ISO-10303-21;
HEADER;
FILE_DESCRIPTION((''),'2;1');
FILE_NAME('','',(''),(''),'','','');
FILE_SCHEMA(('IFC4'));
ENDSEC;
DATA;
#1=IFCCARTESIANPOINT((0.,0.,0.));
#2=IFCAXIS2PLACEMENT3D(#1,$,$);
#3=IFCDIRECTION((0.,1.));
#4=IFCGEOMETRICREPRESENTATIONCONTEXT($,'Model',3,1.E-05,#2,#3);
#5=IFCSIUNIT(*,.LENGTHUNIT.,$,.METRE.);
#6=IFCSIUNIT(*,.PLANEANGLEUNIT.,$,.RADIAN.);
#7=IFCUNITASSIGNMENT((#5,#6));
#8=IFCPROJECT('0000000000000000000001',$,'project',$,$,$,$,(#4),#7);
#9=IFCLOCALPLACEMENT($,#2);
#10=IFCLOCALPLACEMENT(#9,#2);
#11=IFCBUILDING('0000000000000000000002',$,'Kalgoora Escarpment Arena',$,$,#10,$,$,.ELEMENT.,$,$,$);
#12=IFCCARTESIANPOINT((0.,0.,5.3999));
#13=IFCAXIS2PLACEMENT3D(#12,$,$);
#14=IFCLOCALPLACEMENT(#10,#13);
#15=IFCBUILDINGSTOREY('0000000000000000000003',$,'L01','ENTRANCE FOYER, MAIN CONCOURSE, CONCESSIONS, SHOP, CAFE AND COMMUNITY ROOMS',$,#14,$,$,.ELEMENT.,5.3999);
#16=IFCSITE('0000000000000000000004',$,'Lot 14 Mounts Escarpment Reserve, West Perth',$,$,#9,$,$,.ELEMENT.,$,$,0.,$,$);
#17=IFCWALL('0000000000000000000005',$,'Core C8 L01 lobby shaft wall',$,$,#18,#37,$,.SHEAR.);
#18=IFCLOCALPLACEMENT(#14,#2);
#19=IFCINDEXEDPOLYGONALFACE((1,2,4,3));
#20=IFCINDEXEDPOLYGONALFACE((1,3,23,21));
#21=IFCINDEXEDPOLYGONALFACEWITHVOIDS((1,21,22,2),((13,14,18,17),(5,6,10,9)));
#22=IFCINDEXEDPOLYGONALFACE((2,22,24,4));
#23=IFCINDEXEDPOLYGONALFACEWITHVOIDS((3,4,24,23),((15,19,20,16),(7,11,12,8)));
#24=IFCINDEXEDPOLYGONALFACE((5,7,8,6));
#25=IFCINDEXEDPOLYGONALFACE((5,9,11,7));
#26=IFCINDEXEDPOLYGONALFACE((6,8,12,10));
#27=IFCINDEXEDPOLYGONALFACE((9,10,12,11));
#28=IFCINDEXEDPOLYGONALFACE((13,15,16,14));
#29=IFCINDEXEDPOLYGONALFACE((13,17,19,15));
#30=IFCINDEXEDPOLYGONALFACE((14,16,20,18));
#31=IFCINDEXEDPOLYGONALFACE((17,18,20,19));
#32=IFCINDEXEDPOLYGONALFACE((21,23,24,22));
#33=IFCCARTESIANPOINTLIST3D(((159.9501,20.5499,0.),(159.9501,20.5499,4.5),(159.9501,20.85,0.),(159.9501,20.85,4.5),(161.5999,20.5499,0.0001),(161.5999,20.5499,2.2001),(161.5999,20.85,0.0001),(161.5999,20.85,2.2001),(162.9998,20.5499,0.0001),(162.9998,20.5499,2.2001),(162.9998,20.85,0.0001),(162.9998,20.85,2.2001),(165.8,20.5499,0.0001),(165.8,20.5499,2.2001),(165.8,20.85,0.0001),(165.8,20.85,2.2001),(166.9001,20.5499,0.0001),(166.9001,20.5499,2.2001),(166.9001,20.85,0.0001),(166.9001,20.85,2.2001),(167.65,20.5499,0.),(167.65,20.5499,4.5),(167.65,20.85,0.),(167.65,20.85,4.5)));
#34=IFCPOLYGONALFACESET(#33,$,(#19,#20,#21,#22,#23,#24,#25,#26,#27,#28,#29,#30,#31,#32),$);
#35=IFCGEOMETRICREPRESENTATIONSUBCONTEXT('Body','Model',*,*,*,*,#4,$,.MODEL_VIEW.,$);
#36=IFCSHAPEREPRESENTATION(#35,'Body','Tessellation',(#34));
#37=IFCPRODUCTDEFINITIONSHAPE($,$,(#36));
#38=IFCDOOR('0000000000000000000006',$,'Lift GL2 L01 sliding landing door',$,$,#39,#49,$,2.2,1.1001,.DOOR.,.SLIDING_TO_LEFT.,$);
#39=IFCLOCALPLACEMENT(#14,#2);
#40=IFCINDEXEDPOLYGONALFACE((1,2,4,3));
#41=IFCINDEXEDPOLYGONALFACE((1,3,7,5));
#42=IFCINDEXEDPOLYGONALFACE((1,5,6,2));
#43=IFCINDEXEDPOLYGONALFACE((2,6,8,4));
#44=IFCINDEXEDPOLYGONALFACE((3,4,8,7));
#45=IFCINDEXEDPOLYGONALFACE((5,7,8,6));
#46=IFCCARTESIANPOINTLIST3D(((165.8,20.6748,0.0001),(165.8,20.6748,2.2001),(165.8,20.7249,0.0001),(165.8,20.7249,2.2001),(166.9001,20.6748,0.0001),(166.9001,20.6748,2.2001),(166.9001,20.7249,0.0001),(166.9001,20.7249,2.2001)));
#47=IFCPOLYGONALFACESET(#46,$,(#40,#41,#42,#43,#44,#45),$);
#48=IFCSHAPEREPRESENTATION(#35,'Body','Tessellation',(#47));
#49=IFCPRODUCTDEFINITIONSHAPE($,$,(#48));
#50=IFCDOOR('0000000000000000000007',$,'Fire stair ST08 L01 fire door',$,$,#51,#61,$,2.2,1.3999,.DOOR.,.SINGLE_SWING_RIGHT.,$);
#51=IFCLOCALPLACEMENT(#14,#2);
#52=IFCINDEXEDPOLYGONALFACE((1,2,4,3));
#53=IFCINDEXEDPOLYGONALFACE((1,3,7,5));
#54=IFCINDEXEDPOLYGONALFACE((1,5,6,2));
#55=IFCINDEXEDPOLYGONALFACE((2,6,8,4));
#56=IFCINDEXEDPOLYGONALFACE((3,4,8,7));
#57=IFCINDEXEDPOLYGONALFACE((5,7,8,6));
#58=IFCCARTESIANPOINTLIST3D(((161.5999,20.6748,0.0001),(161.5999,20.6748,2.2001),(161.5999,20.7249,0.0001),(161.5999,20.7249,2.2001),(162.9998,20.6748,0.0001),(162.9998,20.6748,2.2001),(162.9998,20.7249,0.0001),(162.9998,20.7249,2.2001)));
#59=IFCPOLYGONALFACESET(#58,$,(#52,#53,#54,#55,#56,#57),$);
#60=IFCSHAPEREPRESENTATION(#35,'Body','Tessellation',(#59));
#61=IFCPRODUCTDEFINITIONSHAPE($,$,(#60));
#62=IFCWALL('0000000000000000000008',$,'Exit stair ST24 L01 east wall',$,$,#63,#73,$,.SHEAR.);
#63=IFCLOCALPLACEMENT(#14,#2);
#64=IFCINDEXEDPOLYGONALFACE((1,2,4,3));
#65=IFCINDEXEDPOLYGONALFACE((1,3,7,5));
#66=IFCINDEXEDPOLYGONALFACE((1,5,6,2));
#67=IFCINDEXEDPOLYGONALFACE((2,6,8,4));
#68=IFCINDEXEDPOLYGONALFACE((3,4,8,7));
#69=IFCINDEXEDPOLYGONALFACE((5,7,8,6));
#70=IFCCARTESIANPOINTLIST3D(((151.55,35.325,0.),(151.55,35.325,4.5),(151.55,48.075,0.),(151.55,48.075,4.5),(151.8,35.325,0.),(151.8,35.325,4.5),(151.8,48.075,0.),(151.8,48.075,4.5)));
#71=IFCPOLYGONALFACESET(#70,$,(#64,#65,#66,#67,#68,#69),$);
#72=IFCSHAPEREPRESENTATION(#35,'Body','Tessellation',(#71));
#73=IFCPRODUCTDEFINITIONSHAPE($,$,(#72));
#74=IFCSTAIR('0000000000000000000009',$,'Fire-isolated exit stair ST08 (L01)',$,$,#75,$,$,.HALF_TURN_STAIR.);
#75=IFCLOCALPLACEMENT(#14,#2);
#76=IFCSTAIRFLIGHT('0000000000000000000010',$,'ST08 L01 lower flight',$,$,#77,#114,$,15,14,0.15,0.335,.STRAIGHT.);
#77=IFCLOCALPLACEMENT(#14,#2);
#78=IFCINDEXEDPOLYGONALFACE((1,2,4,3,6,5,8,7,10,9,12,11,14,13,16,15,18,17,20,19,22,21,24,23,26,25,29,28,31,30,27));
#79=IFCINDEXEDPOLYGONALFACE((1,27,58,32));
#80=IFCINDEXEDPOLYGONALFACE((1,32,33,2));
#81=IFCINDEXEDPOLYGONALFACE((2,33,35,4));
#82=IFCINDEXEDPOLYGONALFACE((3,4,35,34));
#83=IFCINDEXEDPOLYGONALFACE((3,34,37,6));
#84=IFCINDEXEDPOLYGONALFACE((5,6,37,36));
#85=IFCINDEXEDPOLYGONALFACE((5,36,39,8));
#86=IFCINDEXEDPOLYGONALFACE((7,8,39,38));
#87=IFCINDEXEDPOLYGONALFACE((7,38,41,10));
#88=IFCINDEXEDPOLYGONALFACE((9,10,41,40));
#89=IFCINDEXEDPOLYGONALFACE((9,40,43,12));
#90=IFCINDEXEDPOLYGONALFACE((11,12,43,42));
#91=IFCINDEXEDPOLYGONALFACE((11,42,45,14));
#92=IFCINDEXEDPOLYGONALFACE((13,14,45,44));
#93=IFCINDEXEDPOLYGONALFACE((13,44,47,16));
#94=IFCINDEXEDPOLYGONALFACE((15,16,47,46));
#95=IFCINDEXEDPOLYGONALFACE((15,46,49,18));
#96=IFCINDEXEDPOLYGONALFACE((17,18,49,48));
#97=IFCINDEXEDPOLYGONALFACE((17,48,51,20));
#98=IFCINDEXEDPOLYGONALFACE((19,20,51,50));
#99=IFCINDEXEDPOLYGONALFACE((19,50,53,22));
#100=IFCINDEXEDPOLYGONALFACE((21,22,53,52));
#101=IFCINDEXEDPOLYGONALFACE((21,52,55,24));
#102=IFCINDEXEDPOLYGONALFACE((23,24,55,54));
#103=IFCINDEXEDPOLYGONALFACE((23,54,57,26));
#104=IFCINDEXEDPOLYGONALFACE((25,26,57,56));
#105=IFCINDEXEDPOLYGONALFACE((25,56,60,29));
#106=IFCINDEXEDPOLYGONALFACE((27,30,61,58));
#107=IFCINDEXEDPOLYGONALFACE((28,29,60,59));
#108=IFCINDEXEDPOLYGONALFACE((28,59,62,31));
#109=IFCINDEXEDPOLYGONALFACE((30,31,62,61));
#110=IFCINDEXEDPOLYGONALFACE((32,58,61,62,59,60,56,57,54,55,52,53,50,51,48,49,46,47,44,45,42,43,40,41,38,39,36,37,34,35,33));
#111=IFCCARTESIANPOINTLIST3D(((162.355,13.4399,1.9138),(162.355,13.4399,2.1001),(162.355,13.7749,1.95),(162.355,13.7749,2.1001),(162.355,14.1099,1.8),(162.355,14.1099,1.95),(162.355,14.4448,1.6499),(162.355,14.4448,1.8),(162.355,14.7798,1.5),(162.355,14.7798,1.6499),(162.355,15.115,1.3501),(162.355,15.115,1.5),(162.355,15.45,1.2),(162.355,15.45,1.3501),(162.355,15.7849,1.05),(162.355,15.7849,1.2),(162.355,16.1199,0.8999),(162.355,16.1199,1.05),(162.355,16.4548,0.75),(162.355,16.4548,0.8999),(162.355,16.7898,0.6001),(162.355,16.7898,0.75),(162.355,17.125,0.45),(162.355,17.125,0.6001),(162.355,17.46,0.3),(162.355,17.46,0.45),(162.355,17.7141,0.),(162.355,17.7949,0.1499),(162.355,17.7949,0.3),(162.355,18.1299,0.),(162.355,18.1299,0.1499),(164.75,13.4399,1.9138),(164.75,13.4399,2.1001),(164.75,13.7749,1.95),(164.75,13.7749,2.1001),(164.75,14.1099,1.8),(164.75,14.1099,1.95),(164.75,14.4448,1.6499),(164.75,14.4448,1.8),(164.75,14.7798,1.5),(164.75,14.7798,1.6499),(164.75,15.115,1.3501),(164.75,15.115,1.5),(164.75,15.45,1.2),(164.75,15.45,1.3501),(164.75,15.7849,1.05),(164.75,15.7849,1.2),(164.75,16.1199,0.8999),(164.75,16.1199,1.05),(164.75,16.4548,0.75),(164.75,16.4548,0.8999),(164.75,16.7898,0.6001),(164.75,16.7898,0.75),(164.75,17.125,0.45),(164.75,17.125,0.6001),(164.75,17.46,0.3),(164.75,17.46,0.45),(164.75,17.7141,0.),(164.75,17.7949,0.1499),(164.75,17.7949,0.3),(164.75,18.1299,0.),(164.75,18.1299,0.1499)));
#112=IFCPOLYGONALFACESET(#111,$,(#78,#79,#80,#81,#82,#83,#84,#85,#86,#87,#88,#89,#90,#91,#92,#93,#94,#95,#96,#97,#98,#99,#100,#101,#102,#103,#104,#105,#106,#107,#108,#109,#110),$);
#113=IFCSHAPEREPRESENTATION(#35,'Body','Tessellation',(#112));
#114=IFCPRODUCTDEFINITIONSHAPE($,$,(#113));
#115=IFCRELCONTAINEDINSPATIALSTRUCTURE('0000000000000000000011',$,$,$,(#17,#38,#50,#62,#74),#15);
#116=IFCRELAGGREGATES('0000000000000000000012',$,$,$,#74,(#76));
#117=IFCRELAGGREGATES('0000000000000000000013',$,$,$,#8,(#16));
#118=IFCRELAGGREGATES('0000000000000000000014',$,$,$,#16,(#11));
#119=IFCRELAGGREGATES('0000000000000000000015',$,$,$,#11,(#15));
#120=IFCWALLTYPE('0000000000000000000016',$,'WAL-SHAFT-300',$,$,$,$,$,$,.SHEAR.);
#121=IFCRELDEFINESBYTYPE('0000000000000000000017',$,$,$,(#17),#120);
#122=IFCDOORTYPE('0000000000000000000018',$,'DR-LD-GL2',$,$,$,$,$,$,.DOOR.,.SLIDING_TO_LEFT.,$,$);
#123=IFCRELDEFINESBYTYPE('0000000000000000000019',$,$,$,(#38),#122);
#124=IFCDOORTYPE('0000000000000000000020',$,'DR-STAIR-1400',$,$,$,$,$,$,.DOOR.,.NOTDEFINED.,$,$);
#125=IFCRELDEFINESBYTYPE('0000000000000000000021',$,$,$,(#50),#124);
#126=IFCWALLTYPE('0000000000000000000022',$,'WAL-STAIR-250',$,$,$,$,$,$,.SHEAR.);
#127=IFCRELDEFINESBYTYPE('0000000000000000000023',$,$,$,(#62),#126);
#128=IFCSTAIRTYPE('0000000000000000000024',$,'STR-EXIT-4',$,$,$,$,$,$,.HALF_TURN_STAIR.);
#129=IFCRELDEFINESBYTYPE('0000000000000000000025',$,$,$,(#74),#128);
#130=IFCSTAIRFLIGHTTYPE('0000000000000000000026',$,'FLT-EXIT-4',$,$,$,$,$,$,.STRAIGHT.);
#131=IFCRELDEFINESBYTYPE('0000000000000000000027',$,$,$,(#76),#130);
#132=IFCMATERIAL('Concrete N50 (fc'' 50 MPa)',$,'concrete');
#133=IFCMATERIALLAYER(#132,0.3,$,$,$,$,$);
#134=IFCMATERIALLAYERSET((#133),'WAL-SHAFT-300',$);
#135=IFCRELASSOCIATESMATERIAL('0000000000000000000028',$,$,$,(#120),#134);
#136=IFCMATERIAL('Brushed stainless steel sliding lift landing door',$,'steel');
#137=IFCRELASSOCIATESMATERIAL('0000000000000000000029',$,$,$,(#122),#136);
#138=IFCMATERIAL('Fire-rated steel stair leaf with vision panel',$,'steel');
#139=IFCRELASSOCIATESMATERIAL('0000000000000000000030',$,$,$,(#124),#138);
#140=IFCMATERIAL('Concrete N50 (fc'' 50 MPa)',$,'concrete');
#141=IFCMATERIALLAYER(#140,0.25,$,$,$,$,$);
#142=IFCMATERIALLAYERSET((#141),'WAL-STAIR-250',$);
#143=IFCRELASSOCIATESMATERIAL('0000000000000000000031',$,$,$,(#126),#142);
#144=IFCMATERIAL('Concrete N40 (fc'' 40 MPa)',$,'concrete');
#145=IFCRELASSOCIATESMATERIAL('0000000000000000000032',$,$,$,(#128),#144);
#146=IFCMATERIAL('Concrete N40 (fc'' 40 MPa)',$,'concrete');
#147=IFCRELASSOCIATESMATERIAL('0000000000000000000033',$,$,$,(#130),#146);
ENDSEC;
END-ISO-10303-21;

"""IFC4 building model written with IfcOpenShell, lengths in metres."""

from ifc_helpers import new_model, si_unit, direction, frame, frame_2d, origin, place, context, subcontext, project, spatial, polyline, rectangle, outline, extrude, material, layer, layer_set, type_object, element, fill, aggregate, save


model = new_model("IFC4")

# Units and contexts
model_context = context("Model", 3, precision=1e-05, world=origin(), true_north=direction((0.0, 1.0)))
body_context = subcontext(model_context, "Body", "Model", "MODEL_VIEW")
ifc_project = project(units=[si_unit("LENGTHUNIT", "METRE"), si_unit("PLANEANGLEUNIT", "RADIAN")], contexts=[model_context])

# Site, building, storey
site_placement = place(None, origin())
site = spatial("IfcSite", under=ifc_project, at=site_placement, Name="Lot 14 Mounts Escarpment Reserve, West Perth", CompositionType="ELEMENT", RefElevation=0.0)
building_placement = place(site_placement, origin())
building = spatial("IfcBuilding", under=site, at=building_placement, Name="Kalgoora Escarpment Arena", CompositionType="ELEMENT")
storey_placement = place(building_placement, frame((0.0, 0.0, 5.3999)))
storey = spatial("IfcBuildingStorey", under=building, at=storey_placement, Name="L01", Description="ENTRANCE FOYER, MAIN CONCOURSE, CONCESSIONS, SHOP, CAFE AND COMMUNITY ROOMS", CompositionType="ELEMENT", Elevation=5.3999)

# Shared definitions
ifc_material_1 = material(Name="Concrete N50 (fc' 50 MPa)", Category="concrete")
ifc_layer_1 = layer(ifc_material_1, 0.3)
ifc_layer_set_1 = layer_set([ifc_layer_1], Name="WAL-SHAFT-300")
wall_type_1 = type_object("IfcWallType", Name="WAL-SHAFT-300", PredefinedType="SHEAR", material=ifc_layer_set_1)

# Wall, openings, doors
wall_1_placement = place(storey_placement, frame((159.95, 20.7, 0.0), z_axis=(0.0, 0.0, 1.0), x_axis=(1.0, 0.0, 0.0)))
wall_1 = element("IfcWall", 1, at=wall_1_placement, inside=storey, type_object=wall_type_1, Name="Core C8 L01 lobby shaft wall", PredefinedType="SHEAR", context=body_context, shape_type="SweptSolid", body=[
    extrude(rectangle(XDim=7.7, YDim=0.3, at=frame_2d((3.8501, 0.0))), origin(), (0.0, 0.0, 1.0), 4.5),
])
opening_1_placement = place(wall_1_placement, frame((1.6499, 0.0, 0.0)))
opening_1 = element("IfcOpeningElement", 2, at=opening_1_placement, cuts=wall_1, PredefinedType="OPENING", context=body_context, shape_type="SweptSolid", body=[
    extrude(rectangle(XDim=1.3999, YDim=2.2, at=frame_2d((0.7, 1.1001))), frame((0.0, 0.1599, 0.0), z_axis=(0.0, -1.0, 0.0), x_axis=(1.0, 0.0, 0.0)), (0.0, 0.0, 1.0), 0.3201),
])
opening_2_placement = place(wall_1_placement, frame((5.8501, 0.0, 0.0)))
opening_2 = element("IfcOpeningElement", 3, at=opening_2_placement, cuts=wall_1, PredefinedType="OPENING", context=body_context, shape_type="SweptSolid", body=[
    extrude(rectangle(XDim=1.1001, YDim=2.2, at=frame_2d((0.55, 1.1001))), frame((0.0, 0.1599, 0.0), z_axis=(0.0, -1.0, 0.0), x_axis=(1.0, 0.0, 0.0)), (0.0, 0.0, 1.0), 0.3201),
])
ifc_material_2 = material(Name="Brushed stainless steel sliding lift landing door", Category="steel")
door_type_1 = type_object("IfcDoorType", Name="DR-LD-GL2", OperationType="SLIDING_TO_LEFT", PredefinedType="DOOR", material=ifc_material_2)
door_1_placement = place(opening_2_placement, origin())
door_1 = element("IfcDoor", 4, at=door_1_placement, inside=storey, type_object=door_type_1, Name="Lift GL2 L01 sliding landing door", OperationType="SLIDING_TO_LEFT", OverallHeight=2.2, OverallWidth=1.1001, PredefinedType="DOOR", context=body_context, shape_type="SweptSolid", body=[
    extrude(rectangle(XDim=1.1001, YDim=2.2, at=frame_2d((0.55, 1.1001))), frame((0.0, 0.0249, 0.0), z_axis=(0.0, -1.0, 0.0), x_axis=(1.0, 0.0, 0.0)), (0.0, 0.0, 1.0), 0.05),
])
fill(opening_2, door_1)
ifc_material_3 = material(Name="Fire-rated steel stair leaf with vision panel", Category="steel")
door_type_2 = type_object("IfcDoorType", Name="DR-STAIR-1400", OperationType="NOTDEFINED", PredefinedType="DOOR", material=ifc_material_3)
door_2_placement = place(opening_1_placement, origin())
door_2 = element("IfcDoor", 5, at=door_2_placement, inside=storey, type_object=door_type_2, Name="Fire stair ST08 L01 fire door", OperationType="SINGLE_SWING_RIGHT", OverallHeight=2.2, OverallWidth=1.3999, PredefinedType="DOOR", context=body_context, shape_type="SweptSolid", body=[
    extrude(rectangle(XDim=1.3999, YDim=2.2, at=frame_2d((0.7, 1.1001))), frame((0.0, 0.0249, 0.0), z_axis=(0.0, -1.0, 0.0), x_axis=(1.0, 0.0, 0.0)), (0.0, 0.0, 1.0), 0.05),
])
fill(opening_1, door_2)

# Wall
ifc_material_4 = material(Name="Concrete N50 (fc' 50 MPa)", Category="concrete")
ifc_layer_2 = layer(ifc_material_4, 0.25)
ifc_layer_set_2 = layer_set([ifc_layer_2], Name="WAL-STAIR-250")
wall_type_2 = type_object("IfcWallType", Name="WAL-STAIR-250", PredefinedType="SHEAR", material=ifc_layer_set_2)
wall_2_placement = place(storey_placement, frame((151.675, 35.325, 0.0), z_axis=(0.0, 0.0, 1.0), x_axis=(0.0, 1.0, 0.0)))
element("IfcWall", 6, at=wall_2_placement, inside=storey, type_object=wall_type_2, Name="Exit stair ST24 L01 east wall", PredefinedType="SHEAR", context=body_context, shape_type="SweptSolid", body=[
    extrude(rectangle(XDim=12.75, YDim=0.25, at=frame_2d((6.375, 0.0))), origin(), (0.0, 0.0, 1.0), 4.5),
])

# Stair, stair flight
ifc_material_5 = material(Name="Concrete N40 (fc' 40 MPa)", Category="concrete")
stair_type = type_object("IfcStairType", Name="STR-EXIT-4", PredefinedType="HALF_TURN_STAIR", material=ifc_material_5)
stair_placement = place(storey_placement, origin())
stair = element("IfcStair", 7, at=stair_placement, inside=storey, type_object=stair_type, Name="Fire-isolated exit stair ST08 (L01)", PredefinedType="HALF_TURN_STAIR")
ifc_material_6 = material(Name="Concrete N40 (fc' 40 MPa)", Category="concrete")
stair_flight_type = type_object("IfcStairFlightType", Name="FLT-EXIT-4", PredefinedType="STRAIGHT", material=ifc_material_6)
stair_flight_placement = place(storey_placement, frame((163.5525, 18.1299, 0.0), z_axis=(0.0, 0.0, 1.0), x_axis=(0.0, -1.0, 0.0)))
stair_flight = element("IfcStairFlight", 8, at=stair_flight_placement, type_object=stair_flight_type, Name="ST08 L01 lower flight", NumberOfRisers=15, NumberOfTreads=14, PredefinedType="STRAIGHT", RiserHeight=0.15, TreadLength=0.335, context=body_context, shape_type="SweptSolid", body=[
    extrude(outline(polyline([(0.0, 0.0), (0.0, 0.1499), (0.335, 0.1499), (0.335, 0.3), (0.6699, 0.3), (0.6699, 0.45), (1.0049, 0.45), (1.0049, 0.6001), (1.3401, 0.6001), (1.3401, 0.75), (1.675, 0.75), (1.675, 0.8999), (2.01, 0.8999), (2.01, 1.05), (2.345, 1.05), (2.345, 1.2), (2.6799, 1.2), (2.6799, 1.3501), (3.0149, 1.3501), (3.0149, 1.5), (3.3501, 1.5), (3.3501, 1.6499), (3.6851, 1.6499), (3.6851, 1.8), (4.02, 1.8), (4.02, 1.95), (4.355, 1.95), (4.355, 2.1001), (4.6899, 2.1001), (4.6899, 2.25), (4.6899, 1.9138), (0.4158, 0.0), (0.0, 0.0)])), frame((0.0, 1.1975, 0.0), z_axis=(0.0, -1.0, 0.0), x_axis=(1.0, 0.0, 0.0)), (0.0, 0.0, 1.0), 2.395),
])
aggregate(stair, [stair_flight])

save(model, "model.ifc")
